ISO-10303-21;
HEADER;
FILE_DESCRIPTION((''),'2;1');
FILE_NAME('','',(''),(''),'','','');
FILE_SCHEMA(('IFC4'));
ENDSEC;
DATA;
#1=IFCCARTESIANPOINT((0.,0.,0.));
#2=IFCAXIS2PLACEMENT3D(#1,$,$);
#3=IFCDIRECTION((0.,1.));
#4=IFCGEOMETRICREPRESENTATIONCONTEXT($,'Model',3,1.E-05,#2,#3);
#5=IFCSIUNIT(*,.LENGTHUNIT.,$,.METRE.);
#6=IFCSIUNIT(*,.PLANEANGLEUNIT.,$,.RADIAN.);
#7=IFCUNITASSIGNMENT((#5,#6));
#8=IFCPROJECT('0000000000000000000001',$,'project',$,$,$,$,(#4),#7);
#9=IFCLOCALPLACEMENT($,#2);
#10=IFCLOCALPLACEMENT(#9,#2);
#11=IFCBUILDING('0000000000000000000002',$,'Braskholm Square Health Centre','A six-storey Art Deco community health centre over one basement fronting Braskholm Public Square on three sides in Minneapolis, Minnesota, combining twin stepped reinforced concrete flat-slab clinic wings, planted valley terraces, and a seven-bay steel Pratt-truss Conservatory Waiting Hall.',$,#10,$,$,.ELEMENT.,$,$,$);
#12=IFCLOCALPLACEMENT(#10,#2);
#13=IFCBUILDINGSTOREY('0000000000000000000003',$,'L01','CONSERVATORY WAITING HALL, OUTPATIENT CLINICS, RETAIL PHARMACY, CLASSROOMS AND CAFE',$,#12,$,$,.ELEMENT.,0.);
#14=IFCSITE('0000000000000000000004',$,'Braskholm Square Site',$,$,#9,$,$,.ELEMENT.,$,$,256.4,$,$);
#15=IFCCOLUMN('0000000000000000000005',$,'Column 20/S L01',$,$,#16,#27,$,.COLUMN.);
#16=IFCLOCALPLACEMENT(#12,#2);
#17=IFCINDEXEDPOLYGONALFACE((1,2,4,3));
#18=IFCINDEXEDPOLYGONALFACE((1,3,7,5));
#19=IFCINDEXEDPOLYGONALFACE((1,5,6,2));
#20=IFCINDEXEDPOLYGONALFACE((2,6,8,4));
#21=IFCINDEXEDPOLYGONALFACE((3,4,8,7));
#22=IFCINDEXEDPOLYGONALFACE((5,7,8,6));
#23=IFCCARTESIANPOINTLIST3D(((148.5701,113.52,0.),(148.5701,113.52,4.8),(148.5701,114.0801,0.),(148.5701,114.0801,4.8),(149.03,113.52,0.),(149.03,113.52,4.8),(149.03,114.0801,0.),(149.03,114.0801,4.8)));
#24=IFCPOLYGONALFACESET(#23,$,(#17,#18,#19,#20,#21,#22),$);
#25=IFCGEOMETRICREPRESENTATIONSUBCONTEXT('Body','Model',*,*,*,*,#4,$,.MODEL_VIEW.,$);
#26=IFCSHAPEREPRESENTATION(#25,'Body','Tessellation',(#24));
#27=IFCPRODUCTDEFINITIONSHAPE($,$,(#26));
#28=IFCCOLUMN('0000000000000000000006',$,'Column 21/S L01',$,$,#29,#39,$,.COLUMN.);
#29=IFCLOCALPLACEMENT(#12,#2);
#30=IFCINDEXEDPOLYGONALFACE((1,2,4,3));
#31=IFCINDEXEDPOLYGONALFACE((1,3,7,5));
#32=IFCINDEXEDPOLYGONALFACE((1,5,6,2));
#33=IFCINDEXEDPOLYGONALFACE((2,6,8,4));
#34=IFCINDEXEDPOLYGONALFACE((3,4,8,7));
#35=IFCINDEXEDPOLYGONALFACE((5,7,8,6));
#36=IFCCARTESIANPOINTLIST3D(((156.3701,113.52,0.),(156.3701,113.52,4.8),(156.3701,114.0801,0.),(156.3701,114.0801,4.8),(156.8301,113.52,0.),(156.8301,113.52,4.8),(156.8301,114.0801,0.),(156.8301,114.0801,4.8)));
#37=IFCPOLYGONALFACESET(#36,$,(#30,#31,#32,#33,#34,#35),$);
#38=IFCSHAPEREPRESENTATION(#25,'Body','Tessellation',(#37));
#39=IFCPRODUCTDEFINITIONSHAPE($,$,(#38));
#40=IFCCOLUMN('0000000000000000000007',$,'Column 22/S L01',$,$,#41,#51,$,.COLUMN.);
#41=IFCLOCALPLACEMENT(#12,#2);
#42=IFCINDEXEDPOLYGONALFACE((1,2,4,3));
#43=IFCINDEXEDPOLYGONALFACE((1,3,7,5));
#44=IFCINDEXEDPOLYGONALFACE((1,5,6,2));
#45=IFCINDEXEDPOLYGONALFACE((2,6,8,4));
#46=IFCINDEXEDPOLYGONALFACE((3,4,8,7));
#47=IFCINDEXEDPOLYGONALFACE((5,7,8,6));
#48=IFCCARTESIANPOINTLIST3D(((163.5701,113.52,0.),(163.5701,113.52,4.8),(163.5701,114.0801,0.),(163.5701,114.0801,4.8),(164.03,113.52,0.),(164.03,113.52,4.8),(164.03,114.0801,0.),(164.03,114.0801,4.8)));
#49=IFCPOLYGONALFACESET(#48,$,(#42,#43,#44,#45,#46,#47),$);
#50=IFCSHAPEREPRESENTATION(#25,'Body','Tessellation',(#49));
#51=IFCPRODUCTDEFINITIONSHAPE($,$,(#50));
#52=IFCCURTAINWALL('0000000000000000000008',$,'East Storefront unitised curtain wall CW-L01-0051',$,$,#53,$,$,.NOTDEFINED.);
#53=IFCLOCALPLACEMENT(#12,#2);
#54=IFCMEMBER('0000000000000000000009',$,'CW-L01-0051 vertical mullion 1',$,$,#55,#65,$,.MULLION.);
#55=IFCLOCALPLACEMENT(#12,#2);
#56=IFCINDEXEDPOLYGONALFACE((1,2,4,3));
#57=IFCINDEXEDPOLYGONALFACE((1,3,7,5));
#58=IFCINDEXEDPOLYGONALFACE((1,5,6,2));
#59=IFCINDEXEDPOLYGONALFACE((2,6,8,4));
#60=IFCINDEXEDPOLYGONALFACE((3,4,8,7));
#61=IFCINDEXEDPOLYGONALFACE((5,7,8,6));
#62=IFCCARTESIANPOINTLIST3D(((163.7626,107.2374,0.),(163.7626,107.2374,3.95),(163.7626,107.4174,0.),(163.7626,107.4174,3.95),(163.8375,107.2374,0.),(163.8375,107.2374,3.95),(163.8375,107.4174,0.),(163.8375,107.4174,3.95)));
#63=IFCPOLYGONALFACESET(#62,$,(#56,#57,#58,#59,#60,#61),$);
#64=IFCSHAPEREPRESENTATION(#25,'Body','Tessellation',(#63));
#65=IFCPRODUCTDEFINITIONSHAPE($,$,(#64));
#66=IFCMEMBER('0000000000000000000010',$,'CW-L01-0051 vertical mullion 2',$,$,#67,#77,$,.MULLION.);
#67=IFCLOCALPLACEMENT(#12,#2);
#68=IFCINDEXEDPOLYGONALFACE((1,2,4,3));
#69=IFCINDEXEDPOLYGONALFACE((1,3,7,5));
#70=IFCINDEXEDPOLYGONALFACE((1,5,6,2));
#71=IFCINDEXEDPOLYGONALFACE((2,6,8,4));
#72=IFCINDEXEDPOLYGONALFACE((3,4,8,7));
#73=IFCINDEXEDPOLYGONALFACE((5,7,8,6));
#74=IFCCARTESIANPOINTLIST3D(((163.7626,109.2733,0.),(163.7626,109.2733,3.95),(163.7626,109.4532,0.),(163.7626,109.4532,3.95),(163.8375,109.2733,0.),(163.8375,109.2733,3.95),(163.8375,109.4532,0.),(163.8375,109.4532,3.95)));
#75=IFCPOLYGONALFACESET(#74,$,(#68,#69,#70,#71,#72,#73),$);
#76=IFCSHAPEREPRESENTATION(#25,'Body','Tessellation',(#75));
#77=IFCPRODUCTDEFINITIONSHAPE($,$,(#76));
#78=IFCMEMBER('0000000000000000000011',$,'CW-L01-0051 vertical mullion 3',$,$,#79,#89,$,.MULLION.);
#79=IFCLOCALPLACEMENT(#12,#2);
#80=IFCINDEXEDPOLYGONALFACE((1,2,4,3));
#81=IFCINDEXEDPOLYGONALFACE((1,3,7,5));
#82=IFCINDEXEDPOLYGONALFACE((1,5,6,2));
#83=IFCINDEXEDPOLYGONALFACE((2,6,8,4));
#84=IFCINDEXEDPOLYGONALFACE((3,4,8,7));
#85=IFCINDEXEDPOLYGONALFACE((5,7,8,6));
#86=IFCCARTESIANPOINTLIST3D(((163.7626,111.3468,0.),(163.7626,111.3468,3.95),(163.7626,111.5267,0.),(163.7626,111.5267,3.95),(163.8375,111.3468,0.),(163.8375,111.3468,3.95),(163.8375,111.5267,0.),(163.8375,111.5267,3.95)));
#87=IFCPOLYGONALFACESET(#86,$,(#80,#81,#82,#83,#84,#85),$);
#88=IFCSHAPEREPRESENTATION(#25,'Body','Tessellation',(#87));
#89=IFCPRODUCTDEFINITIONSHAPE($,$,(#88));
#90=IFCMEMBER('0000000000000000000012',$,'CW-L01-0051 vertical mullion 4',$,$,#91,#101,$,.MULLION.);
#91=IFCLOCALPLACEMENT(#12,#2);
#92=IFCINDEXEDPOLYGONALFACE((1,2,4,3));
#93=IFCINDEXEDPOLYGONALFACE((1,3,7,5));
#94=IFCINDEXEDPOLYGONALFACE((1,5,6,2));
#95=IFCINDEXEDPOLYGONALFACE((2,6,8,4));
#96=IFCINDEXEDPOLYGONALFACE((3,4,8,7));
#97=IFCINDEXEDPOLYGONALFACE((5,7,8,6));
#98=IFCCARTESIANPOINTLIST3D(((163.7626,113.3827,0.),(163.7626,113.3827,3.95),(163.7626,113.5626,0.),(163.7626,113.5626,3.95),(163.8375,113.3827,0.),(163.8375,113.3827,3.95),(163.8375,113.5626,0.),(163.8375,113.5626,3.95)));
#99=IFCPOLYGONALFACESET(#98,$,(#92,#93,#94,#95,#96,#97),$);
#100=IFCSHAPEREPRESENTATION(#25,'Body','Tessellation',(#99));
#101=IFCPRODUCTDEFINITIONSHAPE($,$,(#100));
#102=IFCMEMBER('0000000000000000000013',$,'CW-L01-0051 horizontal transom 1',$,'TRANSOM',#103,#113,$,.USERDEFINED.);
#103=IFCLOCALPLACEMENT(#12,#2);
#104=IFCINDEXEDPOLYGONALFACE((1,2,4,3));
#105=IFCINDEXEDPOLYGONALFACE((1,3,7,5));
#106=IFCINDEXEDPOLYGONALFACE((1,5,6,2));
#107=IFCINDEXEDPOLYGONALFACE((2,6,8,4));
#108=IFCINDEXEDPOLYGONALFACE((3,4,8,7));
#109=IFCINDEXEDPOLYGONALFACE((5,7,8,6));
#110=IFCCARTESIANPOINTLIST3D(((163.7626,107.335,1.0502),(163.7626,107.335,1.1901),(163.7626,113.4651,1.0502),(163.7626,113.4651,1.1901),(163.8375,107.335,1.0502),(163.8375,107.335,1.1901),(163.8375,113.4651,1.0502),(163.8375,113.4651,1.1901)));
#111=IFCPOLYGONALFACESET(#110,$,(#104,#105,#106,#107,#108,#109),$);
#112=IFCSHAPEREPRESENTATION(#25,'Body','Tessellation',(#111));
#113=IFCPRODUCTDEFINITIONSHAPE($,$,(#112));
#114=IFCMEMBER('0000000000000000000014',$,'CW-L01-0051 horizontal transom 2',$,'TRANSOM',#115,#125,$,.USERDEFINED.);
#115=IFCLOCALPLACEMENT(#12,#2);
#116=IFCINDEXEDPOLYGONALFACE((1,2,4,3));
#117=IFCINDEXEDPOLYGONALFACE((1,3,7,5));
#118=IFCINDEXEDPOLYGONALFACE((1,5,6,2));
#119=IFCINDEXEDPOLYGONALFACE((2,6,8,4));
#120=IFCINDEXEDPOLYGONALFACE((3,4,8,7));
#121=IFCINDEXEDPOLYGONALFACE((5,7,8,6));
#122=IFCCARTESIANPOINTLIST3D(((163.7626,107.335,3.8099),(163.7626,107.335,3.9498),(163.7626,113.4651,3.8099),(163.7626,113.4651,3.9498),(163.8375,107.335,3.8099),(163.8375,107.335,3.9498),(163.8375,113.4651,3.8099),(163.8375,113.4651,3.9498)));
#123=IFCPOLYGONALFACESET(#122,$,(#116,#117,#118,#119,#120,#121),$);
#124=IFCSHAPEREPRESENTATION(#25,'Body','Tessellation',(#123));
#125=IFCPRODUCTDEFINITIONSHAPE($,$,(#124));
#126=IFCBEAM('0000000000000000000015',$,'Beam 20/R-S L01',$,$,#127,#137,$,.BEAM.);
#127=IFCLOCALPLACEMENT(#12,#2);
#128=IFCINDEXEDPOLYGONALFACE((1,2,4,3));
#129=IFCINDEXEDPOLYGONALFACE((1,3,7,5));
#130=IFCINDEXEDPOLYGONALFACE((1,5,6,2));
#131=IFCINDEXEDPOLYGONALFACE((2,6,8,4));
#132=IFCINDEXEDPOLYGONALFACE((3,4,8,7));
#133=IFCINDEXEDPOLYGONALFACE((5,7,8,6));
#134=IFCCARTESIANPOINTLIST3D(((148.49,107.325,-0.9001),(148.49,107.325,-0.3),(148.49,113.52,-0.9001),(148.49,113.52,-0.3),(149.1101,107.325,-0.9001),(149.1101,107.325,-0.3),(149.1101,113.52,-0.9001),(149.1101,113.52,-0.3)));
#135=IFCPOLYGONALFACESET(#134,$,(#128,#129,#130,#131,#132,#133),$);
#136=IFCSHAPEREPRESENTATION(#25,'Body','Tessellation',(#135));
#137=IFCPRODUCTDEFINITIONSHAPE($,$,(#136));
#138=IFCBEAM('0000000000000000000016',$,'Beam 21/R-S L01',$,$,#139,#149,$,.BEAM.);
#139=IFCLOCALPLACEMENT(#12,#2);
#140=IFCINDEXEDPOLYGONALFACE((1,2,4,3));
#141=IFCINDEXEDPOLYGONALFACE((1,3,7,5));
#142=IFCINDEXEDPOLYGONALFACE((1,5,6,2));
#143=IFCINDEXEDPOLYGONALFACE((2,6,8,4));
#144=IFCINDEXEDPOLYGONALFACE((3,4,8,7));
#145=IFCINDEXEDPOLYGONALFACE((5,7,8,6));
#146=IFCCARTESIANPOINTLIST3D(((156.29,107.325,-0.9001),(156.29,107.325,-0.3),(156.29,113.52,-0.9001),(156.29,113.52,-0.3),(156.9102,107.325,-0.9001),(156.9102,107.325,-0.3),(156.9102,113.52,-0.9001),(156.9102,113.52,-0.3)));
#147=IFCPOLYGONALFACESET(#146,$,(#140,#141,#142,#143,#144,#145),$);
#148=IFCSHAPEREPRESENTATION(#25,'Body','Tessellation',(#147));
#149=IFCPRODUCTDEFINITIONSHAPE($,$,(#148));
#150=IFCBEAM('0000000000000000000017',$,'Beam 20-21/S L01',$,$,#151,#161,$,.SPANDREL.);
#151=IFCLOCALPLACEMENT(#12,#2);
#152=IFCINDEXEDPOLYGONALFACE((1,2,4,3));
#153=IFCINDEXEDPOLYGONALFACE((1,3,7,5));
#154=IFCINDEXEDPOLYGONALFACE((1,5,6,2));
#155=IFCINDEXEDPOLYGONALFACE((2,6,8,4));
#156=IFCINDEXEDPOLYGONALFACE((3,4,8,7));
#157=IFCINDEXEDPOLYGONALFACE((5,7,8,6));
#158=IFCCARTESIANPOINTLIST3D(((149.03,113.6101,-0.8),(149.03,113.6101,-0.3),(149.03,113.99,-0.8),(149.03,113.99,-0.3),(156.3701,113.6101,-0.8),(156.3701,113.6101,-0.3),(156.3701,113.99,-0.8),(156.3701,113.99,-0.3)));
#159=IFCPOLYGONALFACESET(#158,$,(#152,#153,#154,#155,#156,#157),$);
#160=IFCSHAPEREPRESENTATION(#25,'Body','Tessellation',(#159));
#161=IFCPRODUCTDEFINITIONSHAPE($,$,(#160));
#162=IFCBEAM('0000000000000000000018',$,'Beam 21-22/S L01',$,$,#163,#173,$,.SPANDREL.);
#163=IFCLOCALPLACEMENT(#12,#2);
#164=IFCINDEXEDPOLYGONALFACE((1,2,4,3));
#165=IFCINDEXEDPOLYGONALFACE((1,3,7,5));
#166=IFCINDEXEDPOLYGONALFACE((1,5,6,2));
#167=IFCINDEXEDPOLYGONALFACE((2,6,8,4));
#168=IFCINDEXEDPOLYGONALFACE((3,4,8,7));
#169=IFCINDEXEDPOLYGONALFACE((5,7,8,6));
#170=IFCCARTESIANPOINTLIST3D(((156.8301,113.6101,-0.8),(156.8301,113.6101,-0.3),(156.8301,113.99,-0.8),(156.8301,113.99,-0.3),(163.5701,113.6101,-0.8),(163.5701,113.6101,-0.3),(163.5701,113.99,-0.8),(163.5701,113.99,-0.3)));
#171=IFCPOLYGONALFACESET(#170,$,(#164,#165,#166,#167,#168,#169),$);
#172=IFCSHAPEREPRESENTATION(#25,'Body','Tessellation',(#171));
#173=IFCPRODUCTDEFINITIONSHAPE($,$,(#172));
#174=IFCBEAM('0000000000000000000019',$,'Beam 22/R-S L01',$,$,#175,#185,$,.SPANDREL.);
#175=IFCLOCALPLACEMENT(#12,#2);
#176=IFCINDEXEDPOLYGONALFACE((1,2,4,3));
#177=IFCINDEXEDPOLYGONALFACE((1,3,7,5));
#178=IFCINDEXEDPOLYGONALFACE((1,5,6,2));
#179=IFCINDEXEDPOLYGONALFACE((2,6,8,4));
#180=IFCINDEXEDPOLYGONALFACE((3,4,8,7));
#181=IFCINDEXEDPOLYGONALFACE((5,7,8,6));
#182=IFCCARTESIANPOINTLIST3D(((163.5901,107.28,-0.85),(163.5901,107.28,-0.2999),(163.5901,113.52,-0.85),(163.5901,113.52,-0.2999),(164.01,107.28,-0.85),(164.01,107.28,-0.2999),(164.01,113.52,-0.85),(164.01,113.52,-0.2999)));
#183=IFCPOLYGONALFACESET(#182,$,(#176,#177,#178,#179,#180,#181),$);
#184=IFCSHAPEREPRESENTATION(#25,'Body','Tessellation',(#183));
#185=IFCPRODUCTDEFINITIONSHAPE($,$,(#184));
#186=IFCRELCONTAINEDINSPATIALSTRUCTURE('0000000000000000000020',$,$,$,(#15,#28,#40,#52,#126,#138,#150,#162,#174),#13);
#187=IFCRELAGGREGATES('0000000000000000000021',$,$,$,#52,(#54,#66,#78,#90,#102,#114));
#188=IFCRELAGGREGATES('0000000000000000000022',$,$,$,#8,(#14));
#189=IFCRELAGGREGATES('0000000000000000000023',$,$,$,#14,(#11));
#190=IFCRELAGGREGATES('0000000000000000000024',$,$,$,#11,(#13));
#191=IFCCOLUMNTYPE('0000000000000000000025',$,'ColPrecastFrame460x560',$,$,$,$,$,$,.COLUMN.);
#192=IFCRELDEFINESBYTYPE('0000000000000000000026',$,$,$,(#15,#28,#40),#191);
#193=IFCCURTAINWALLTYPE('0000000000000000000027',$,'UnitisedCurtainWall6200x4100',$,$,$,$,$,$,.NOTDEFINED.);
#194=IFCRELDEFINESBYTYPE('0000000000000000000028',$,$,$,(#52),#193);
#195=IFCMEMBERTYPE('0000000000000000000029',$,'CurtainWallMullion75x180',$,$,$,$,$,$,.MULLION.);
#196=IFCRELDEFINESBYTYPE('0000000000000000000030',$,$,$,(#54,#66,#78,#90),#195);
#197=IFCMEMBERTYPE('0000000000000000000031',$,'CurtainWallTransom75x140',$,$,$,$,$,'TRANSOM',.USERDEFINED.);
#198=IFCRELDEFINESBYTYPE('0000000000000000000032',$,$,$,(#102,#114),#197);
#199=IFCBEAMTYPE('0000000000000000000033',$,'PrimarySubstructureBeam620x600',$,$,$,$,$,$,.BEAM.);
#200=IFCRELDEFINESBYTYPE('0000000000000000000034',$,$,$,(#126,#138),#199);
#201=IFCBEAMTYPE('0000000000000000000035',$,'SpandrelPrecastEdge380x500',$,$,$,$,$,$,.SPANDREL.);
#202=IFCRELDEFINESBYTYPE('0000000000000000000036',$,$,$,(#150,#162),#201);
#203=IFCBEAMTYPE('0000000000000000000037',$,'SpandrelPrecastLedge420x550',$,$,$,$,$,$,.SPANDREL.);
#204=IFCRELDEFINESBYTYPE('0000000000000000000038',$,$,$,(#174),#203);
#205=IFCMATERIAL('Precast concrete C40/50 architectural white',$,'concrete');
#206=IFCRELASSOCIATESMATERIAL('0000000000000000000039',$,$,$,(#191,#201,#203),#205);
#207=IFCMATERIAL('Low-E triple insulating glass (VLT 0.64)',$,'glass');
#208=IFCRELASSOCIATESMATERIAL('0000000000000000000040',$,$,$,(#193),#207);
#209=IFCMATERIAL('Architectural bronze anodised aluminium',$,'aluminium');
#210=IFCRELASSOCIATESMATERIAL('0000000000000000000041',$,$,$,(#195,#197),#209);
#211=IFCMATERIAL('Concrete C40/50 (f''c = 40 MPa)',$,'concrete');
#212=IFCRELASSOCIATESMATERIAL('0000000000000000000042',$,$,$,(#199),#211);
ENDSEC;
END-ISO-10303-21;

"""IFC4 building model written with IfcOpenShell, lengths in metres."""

from ifc_helpers import new_model, si_unit, direction, frame, origin, origin_2d, place, context, subcontext, project, spatial, rectangle, extrude, material, material_profile, profile_set, type_object, element, aggregate, save


model = new_model("IFC4")

# Units and contexts
model_context = context("Model", 3, precision=1e-05, world=origin(), true_north=direction((0.0, 1.0)))
body_context = subcontext(model_context, "Body", "Model", "MODEL_VIEW")
ifc_project = project(units=[si_unit("LENGTHUNIT", "METRE"), si_unit("PLANEANGLEUNIT", "RADIAN")], contexts=[model_context])

# Site, building, storey
site_placement = place(None, origin())
site = spatial("IfcSite", under=ifc_project, at=site_placement, Name="Braskholm Square Site", CompositionType="ELEMENT", RefElevation=256.4)
building_placement = place(site_placement, origin())
building = spatial("IfcBuilding", under=site, at=building_placement, Name="Braskholm Square Health Centre", Description="A six-storey Art Deco community health centre over one basement fronting Braskholm Public Square on three sides in Minneapolis, Minnesota, combining twin stepped reinforced concrete flat-slab clinic wings, planted valley terraces, and a seven-bay steel Pratt-truss Conservatory Waiting Hall.", CompositionType="ELEMENT")
storey_placement = place(building_placement, origin())
storey = spatial("IfcBuildingStorey", under=building, at=storey_placement, Name="L01", Description="CONSERVATORY WAITING HALL, OUTPATIENT CLINICS, RETAIL PHARMACY, CLASSROOMS AND CAFE", CompositionType="ELEMENT", Elevation=0.0)

# Columns
ifc_material_1 = material(Name="Precast concrete C40/50 architectural white", Category="concrete")
ifc_material_profile_1 = material_profile(ifc_material_1, rectangle(XDim=0.46, YDim=0.5601, at=origin_2d()), Name="RC-460X560")
ifc_profile_set_1 = profile_set([ifc_material_profile_1], Name="Precast concrete C40/50 architectural white")
column_type = type_object("IfcColumnType", Name="ColPrecastFrame460x560", PredefinedType="COLUMN", material=ifc_profile_set_1)
for number, where, z_axis, x_axis, name in (
    (1, (148.8, 113.8, 0.0), (0.0, 0.0, 1.0), (1.0, 0.0, 0.0), "Column 20/S L01"),
    (2, (156.6001, 113.8, 0.0), (0.0, 0.0, 1.0), (1.0, 0.0, 0.0), "Column 21/S L01"),
    (3, (163.8, 113.8, 0.0), (0.0, 0.0, 1.0), (1.0, 0.0, 0.0), "Column 22/S L01"),
):
    element("IfcColumn", number, at=place(storey_placement, frame(where, z_axis=z_axis, x_axis=x_axis)), inside=storey, type_object=column_type, Name=name, PredefinedType="COLUMN", context=body_context, shape_type="SweptSolid", body=[
        extrude(rectangle(XDim=0.46, YDim=0.5601, at=origin_2d()), origin(), (0.0, 0.0, 1.0), 4.8),
    ])

# Curtain wall, members
ifc_material_2 = material(Name="Low-E triple insulating glass (VLT 0.64)", Category="glass")
curtain_wall_type = type_object("IfcCurtainWallType", Name="UnitisedCurtainWall6200x4100", PredefinedType="NOTDEFINED", material=ifc_material_2)
curtain_wall_placement = place(storey_placement, origin())
curtain_wall = element("IfcCurtainWall", 4, at=curtain_wall_placement, inside=storey, type_object=curtain_wall_type, Name="East Storefront unitised curtain wall CW-L01-0051", PredefinedType="NOTDEFINED")
ifc_material_3 = material(Name="Architectural bronze anodised aluminium", Category="aluminium")
ifc_material_profile_2 = material_profile(ifc_material_3, rectangle(XDim=0.075, YDim=0.1799, at=origin_2d()), Name="ALU-75X180")
ifc_profile_set_2 = profile_set([ifc_material_profile_2], Name="Architectural bronze anodised aluminium")
member_type_1 = type_object("IfcMemberType", Name="CurtainWallMullion75x180", PredefinedType="MULLION", material=ifc_profile_set_2)
member_1_placement = place(storey_placement, frame((163.8, 107.3274, 0.0), z_axis=(0.0, 0.0, 1.0), x_axis=(1.0, 0.0, 0.0)))
member_1 = element("IfcMember", 5, at=member_1_placement, type_object=member_type_1, Name="CW-L01-0051 vertical mullion 1", PredefinedType="MULLION", context=body_context, shape_type="SweptSolid", body=[
    extrude(rectangle(XDim=0.075, YDim=0.1799, at=origin_2d()), origin(), (0.0, 0.0, 1.0), 3.95),
])
member_2_placement = place(storey_placement, frame((163.8, 109.3633, 0.0), z_axis=(0.0, 0.0, 1.0), x_axis=(1.0, 0.0, 0.0)))
member_2 = element("IfcMember", 6, at=member_2_placement, type_object=member_type_1, Name="CW-L01-0051 vertical mullion 2", PredefinedType="MULLION", context=body_context, shape_type="SweptSolid", body=[
    extrude(rectangle(XDim=0.075, YDim=0.1799, at=origin_2d()), origin(), (0.0, 0.0, 1.0), 3.95),
])
member_3_placement = place(storey_placement, frame((163.8, 111.4368, 0.0), z_axis=(0.0, 0.0, 1.0), x_axis=(1.0, 0.0, 0.0)))
member_3 = element("IfcMember", 7, at=member_3_placement, type_object=member_type_1, Name="CW-L01-0051 vertical mullion 3", PredefinedType="MULLION", context=body_context, shape_type="SweptSolid", body=[
    extrude(rectangle(XDim=0.075, YDim=0.1799, at=origin_2d()), origin(), (0.0, 0.0, 1.0), 3.95),
])
member_4_placement = place(storey_placement, frame((163.8, 113.4727, 0.0), z_axis=(0.0, 0.0, 1.0), x_axis=(1.0, 0.0, 0.0)))
member_4 = element("IfcMember", 8, at=member_4_placement, type_object=member_type_1, Name="CW-L01-0051 vertical mullion 4", PredefinedType="MULLION", context=body_context, shape_type="SweptSolid", body=[
    extrude(rectangle(XDim=0.075, YDim=0.1799, at=origin_2d()), origin(), (0.0, 0.0, 1.0), 3.95),
])
ifc_material_profile_3 = material_profile(ifc_material_3, rectangle(XDim=0.075, YDim=0.1399, at=origin_2d()), Name="ALU-75X140")
ifc_profile_set_3 = profile_set([ifc_material_profile_3], Name="Architectural bronze anodised aluminium")
member_type_2 = type_object("IfcMemberType", Name="CurtainWallTransom75x140", ElementType="TRANSOM", PredefinedType="USERDEFINED", material=ifc_profile_set_3)
member_5_placement = place(storey_placement, frame((163.8, 107.335, 1.1201), z_axis=(0.0, 1.0, 0.0), x_axis=(-1.0, 0.0, 0.0)))
member_5 = element("IfcMember", 9, at=member_5_placement, type_object=member_type_2, Name="CW-L01-0051 horizontal transom 1", ObjectType="TRANSOM", PredefinedType="USERDEFINED", context=body_context, shape_type="SweptSolid", body=[
    extrude(rectangle(XDim=0.075, YDim=0.1399, at=origin_2d()), origin(), (0.0, 0.0, 1.0), 6.1301),
])
member_6_placement = place(storey_placement, frame((163.8, 107.335, 3.8799), z_axis=(0.0, 1.0, 0.0), x_axis=(-1.0, 0.0, 0.0)))
member_6 = element("IfcMember", 10, at=member_6_placement, type_object=member_type_2, Name="CW-L01-0051 horizontal transom 2", ObjectType="TRANSOM", PredefinedType="USERDEFINED", context=body_context, shape_type="SweptSolid", body=[
    extrude(rectangle(XDim=0.075, YDim=0.1399, at=origin_2d()), origin(), (0.0, 0.0, 1.0), 6.1301),
])

# Beams
ifc_material_4 = material(Name="Concrete C40/50 (f'c = 40 MPa)", Category="concrete")
ifc_material_profile_4 = material_profile(ifc_material_4, rectangle(XDim=0.6201, YDim=0.6001, at=origin_2d()), Name="RCB-620X600")
ifc_profile_set_4 = profile_set([ifc_material_profile_4], Name="Concrete C40/50 (f'c = 40 MPa)")
beam_type_1 = type_object("IfcBeamType", Name="PrimarySubstructureBeam620x600", PredefinedType="BEAM", material=ifc_profile_set_4)
for number, where, z_axis, x_axis, name in (
    (11, (148.8, 107.325, -0.6001), (0.0, 1.0, 0.0), (-1.0, 0.0, 0.0), "Beam 20/R-S L01"),
    (12, (156.6001, 107.325, -0.6001), (0.0, 1.0, 0.0), (-1.0, 0.0, 0.0), "Beam 21/R-S L01"),
):
    element("IfcBeam", number, at=place(storey_placement, frame(where, z_axis=z_axis, x_axis=x_axis)), inside=storey, type_object=beam_type_1, Name=name, PredefinedType="BEAM", context=body_context, shape_type="SweptSolid", body=[
        extrude(rectangle(XDim=0.6201, YDim=0.6001, at=origin_2d()), origin(), (0.0, 0.0, 1.0), 6.1951),
    ])
ifc_material_profile_5 = material_profile(ifc_material_1, rectangle(XDim=0.3799, YDim=0.5, at=origin_2d()), Name="RCB-380X500")
ifc_profile_set_5 = profile_set([ifc_material_profile_5], Name="Precast concrete C40/50 architectural white")
beam_type_2 = type_object("IfcBeamType", Name="SpandrelPrecastEdge380x500", PredefinedType="SPANDREL", material=ifc_profile_set_5)
beam_1_placement = place(storey_placement, frame((149.03, 113.8, -0.55), z_axis=(1.0, 0.0, 0.0), x_axis=(0.0, 1.0, 0.0)))
element("IfcBeam", 13, at=beam_1_placement, inside=storey, type_object=beam_type_2, Name="Beam 20-21/S L01", PredefinedType="SPANDREL", context=body_context, shape_type="SweptSolid", body=[
    extrude(rectangle(XDim=0.3799, YDim=0.5, at=origin_2d()), origin(), (0.0, 0.0, 1.0), 7.3401),
])
beam_2_placement = place(storey_placement, frame((156.8301, 113.8, -0.55), z_axis=(1.0, 0.0, 0.0), x_axis=(0.0, 1.0, 0.0)))
element("IfcBeam", 14, at=beam_2_placement, inside=storey, type_object=beam_type_2, Name="Beam 21-22/S L01", PredefinedType="SPANDREL", context=body_context, shape_type="SweptSolid", body=[
    extrude(rectangle(XDim=0.3799, YDim=0.5, at=origin_2d()), origin(), (0.0, 0.0, 1.0), 6.74),
])
ifc_material_profile_6 = material_profile(ifc_material_1, rectangle(XDim=0.4199, YDim=0.55, at=origin_2d()), Name="RCB-420X550")
ifc_profile_set_6 = profile_set([ifc_material_profile_6], Name="Precast concrete C40/50 architectural white")
beam_type_3 = type_object("IfcBeamType", Name="SpandrelPrecastLedge420x550", PredefinedType="SPANDREL", material=ifc_profile_set_6)
beam_3_placement = place(storey_placement, frame((163.8, 107.28, -0.575), z_axis=(0.0, 1.0, 0.0), x_axis=(-1.0, 0.0, 0.0)))
element("IfcBeam", 15, at=beam_3_placement, inside=storey, type_object=beam_type_3, Name="Beam 22/R-S L01", PredefinedType="SPANDREL", context=body_context, shape_type="SweptSolid", body=[
    extrude(rectangle(XDim=0.4199, YDim=0.55, at=origin_2d()), origin(), (0.0, 0.0, 1.0), 6.24),
])

aggregate(curtain_wall, [member_1, member_2, member_3, member_4, member_5, member_6])

save(model, "model.ifc")
